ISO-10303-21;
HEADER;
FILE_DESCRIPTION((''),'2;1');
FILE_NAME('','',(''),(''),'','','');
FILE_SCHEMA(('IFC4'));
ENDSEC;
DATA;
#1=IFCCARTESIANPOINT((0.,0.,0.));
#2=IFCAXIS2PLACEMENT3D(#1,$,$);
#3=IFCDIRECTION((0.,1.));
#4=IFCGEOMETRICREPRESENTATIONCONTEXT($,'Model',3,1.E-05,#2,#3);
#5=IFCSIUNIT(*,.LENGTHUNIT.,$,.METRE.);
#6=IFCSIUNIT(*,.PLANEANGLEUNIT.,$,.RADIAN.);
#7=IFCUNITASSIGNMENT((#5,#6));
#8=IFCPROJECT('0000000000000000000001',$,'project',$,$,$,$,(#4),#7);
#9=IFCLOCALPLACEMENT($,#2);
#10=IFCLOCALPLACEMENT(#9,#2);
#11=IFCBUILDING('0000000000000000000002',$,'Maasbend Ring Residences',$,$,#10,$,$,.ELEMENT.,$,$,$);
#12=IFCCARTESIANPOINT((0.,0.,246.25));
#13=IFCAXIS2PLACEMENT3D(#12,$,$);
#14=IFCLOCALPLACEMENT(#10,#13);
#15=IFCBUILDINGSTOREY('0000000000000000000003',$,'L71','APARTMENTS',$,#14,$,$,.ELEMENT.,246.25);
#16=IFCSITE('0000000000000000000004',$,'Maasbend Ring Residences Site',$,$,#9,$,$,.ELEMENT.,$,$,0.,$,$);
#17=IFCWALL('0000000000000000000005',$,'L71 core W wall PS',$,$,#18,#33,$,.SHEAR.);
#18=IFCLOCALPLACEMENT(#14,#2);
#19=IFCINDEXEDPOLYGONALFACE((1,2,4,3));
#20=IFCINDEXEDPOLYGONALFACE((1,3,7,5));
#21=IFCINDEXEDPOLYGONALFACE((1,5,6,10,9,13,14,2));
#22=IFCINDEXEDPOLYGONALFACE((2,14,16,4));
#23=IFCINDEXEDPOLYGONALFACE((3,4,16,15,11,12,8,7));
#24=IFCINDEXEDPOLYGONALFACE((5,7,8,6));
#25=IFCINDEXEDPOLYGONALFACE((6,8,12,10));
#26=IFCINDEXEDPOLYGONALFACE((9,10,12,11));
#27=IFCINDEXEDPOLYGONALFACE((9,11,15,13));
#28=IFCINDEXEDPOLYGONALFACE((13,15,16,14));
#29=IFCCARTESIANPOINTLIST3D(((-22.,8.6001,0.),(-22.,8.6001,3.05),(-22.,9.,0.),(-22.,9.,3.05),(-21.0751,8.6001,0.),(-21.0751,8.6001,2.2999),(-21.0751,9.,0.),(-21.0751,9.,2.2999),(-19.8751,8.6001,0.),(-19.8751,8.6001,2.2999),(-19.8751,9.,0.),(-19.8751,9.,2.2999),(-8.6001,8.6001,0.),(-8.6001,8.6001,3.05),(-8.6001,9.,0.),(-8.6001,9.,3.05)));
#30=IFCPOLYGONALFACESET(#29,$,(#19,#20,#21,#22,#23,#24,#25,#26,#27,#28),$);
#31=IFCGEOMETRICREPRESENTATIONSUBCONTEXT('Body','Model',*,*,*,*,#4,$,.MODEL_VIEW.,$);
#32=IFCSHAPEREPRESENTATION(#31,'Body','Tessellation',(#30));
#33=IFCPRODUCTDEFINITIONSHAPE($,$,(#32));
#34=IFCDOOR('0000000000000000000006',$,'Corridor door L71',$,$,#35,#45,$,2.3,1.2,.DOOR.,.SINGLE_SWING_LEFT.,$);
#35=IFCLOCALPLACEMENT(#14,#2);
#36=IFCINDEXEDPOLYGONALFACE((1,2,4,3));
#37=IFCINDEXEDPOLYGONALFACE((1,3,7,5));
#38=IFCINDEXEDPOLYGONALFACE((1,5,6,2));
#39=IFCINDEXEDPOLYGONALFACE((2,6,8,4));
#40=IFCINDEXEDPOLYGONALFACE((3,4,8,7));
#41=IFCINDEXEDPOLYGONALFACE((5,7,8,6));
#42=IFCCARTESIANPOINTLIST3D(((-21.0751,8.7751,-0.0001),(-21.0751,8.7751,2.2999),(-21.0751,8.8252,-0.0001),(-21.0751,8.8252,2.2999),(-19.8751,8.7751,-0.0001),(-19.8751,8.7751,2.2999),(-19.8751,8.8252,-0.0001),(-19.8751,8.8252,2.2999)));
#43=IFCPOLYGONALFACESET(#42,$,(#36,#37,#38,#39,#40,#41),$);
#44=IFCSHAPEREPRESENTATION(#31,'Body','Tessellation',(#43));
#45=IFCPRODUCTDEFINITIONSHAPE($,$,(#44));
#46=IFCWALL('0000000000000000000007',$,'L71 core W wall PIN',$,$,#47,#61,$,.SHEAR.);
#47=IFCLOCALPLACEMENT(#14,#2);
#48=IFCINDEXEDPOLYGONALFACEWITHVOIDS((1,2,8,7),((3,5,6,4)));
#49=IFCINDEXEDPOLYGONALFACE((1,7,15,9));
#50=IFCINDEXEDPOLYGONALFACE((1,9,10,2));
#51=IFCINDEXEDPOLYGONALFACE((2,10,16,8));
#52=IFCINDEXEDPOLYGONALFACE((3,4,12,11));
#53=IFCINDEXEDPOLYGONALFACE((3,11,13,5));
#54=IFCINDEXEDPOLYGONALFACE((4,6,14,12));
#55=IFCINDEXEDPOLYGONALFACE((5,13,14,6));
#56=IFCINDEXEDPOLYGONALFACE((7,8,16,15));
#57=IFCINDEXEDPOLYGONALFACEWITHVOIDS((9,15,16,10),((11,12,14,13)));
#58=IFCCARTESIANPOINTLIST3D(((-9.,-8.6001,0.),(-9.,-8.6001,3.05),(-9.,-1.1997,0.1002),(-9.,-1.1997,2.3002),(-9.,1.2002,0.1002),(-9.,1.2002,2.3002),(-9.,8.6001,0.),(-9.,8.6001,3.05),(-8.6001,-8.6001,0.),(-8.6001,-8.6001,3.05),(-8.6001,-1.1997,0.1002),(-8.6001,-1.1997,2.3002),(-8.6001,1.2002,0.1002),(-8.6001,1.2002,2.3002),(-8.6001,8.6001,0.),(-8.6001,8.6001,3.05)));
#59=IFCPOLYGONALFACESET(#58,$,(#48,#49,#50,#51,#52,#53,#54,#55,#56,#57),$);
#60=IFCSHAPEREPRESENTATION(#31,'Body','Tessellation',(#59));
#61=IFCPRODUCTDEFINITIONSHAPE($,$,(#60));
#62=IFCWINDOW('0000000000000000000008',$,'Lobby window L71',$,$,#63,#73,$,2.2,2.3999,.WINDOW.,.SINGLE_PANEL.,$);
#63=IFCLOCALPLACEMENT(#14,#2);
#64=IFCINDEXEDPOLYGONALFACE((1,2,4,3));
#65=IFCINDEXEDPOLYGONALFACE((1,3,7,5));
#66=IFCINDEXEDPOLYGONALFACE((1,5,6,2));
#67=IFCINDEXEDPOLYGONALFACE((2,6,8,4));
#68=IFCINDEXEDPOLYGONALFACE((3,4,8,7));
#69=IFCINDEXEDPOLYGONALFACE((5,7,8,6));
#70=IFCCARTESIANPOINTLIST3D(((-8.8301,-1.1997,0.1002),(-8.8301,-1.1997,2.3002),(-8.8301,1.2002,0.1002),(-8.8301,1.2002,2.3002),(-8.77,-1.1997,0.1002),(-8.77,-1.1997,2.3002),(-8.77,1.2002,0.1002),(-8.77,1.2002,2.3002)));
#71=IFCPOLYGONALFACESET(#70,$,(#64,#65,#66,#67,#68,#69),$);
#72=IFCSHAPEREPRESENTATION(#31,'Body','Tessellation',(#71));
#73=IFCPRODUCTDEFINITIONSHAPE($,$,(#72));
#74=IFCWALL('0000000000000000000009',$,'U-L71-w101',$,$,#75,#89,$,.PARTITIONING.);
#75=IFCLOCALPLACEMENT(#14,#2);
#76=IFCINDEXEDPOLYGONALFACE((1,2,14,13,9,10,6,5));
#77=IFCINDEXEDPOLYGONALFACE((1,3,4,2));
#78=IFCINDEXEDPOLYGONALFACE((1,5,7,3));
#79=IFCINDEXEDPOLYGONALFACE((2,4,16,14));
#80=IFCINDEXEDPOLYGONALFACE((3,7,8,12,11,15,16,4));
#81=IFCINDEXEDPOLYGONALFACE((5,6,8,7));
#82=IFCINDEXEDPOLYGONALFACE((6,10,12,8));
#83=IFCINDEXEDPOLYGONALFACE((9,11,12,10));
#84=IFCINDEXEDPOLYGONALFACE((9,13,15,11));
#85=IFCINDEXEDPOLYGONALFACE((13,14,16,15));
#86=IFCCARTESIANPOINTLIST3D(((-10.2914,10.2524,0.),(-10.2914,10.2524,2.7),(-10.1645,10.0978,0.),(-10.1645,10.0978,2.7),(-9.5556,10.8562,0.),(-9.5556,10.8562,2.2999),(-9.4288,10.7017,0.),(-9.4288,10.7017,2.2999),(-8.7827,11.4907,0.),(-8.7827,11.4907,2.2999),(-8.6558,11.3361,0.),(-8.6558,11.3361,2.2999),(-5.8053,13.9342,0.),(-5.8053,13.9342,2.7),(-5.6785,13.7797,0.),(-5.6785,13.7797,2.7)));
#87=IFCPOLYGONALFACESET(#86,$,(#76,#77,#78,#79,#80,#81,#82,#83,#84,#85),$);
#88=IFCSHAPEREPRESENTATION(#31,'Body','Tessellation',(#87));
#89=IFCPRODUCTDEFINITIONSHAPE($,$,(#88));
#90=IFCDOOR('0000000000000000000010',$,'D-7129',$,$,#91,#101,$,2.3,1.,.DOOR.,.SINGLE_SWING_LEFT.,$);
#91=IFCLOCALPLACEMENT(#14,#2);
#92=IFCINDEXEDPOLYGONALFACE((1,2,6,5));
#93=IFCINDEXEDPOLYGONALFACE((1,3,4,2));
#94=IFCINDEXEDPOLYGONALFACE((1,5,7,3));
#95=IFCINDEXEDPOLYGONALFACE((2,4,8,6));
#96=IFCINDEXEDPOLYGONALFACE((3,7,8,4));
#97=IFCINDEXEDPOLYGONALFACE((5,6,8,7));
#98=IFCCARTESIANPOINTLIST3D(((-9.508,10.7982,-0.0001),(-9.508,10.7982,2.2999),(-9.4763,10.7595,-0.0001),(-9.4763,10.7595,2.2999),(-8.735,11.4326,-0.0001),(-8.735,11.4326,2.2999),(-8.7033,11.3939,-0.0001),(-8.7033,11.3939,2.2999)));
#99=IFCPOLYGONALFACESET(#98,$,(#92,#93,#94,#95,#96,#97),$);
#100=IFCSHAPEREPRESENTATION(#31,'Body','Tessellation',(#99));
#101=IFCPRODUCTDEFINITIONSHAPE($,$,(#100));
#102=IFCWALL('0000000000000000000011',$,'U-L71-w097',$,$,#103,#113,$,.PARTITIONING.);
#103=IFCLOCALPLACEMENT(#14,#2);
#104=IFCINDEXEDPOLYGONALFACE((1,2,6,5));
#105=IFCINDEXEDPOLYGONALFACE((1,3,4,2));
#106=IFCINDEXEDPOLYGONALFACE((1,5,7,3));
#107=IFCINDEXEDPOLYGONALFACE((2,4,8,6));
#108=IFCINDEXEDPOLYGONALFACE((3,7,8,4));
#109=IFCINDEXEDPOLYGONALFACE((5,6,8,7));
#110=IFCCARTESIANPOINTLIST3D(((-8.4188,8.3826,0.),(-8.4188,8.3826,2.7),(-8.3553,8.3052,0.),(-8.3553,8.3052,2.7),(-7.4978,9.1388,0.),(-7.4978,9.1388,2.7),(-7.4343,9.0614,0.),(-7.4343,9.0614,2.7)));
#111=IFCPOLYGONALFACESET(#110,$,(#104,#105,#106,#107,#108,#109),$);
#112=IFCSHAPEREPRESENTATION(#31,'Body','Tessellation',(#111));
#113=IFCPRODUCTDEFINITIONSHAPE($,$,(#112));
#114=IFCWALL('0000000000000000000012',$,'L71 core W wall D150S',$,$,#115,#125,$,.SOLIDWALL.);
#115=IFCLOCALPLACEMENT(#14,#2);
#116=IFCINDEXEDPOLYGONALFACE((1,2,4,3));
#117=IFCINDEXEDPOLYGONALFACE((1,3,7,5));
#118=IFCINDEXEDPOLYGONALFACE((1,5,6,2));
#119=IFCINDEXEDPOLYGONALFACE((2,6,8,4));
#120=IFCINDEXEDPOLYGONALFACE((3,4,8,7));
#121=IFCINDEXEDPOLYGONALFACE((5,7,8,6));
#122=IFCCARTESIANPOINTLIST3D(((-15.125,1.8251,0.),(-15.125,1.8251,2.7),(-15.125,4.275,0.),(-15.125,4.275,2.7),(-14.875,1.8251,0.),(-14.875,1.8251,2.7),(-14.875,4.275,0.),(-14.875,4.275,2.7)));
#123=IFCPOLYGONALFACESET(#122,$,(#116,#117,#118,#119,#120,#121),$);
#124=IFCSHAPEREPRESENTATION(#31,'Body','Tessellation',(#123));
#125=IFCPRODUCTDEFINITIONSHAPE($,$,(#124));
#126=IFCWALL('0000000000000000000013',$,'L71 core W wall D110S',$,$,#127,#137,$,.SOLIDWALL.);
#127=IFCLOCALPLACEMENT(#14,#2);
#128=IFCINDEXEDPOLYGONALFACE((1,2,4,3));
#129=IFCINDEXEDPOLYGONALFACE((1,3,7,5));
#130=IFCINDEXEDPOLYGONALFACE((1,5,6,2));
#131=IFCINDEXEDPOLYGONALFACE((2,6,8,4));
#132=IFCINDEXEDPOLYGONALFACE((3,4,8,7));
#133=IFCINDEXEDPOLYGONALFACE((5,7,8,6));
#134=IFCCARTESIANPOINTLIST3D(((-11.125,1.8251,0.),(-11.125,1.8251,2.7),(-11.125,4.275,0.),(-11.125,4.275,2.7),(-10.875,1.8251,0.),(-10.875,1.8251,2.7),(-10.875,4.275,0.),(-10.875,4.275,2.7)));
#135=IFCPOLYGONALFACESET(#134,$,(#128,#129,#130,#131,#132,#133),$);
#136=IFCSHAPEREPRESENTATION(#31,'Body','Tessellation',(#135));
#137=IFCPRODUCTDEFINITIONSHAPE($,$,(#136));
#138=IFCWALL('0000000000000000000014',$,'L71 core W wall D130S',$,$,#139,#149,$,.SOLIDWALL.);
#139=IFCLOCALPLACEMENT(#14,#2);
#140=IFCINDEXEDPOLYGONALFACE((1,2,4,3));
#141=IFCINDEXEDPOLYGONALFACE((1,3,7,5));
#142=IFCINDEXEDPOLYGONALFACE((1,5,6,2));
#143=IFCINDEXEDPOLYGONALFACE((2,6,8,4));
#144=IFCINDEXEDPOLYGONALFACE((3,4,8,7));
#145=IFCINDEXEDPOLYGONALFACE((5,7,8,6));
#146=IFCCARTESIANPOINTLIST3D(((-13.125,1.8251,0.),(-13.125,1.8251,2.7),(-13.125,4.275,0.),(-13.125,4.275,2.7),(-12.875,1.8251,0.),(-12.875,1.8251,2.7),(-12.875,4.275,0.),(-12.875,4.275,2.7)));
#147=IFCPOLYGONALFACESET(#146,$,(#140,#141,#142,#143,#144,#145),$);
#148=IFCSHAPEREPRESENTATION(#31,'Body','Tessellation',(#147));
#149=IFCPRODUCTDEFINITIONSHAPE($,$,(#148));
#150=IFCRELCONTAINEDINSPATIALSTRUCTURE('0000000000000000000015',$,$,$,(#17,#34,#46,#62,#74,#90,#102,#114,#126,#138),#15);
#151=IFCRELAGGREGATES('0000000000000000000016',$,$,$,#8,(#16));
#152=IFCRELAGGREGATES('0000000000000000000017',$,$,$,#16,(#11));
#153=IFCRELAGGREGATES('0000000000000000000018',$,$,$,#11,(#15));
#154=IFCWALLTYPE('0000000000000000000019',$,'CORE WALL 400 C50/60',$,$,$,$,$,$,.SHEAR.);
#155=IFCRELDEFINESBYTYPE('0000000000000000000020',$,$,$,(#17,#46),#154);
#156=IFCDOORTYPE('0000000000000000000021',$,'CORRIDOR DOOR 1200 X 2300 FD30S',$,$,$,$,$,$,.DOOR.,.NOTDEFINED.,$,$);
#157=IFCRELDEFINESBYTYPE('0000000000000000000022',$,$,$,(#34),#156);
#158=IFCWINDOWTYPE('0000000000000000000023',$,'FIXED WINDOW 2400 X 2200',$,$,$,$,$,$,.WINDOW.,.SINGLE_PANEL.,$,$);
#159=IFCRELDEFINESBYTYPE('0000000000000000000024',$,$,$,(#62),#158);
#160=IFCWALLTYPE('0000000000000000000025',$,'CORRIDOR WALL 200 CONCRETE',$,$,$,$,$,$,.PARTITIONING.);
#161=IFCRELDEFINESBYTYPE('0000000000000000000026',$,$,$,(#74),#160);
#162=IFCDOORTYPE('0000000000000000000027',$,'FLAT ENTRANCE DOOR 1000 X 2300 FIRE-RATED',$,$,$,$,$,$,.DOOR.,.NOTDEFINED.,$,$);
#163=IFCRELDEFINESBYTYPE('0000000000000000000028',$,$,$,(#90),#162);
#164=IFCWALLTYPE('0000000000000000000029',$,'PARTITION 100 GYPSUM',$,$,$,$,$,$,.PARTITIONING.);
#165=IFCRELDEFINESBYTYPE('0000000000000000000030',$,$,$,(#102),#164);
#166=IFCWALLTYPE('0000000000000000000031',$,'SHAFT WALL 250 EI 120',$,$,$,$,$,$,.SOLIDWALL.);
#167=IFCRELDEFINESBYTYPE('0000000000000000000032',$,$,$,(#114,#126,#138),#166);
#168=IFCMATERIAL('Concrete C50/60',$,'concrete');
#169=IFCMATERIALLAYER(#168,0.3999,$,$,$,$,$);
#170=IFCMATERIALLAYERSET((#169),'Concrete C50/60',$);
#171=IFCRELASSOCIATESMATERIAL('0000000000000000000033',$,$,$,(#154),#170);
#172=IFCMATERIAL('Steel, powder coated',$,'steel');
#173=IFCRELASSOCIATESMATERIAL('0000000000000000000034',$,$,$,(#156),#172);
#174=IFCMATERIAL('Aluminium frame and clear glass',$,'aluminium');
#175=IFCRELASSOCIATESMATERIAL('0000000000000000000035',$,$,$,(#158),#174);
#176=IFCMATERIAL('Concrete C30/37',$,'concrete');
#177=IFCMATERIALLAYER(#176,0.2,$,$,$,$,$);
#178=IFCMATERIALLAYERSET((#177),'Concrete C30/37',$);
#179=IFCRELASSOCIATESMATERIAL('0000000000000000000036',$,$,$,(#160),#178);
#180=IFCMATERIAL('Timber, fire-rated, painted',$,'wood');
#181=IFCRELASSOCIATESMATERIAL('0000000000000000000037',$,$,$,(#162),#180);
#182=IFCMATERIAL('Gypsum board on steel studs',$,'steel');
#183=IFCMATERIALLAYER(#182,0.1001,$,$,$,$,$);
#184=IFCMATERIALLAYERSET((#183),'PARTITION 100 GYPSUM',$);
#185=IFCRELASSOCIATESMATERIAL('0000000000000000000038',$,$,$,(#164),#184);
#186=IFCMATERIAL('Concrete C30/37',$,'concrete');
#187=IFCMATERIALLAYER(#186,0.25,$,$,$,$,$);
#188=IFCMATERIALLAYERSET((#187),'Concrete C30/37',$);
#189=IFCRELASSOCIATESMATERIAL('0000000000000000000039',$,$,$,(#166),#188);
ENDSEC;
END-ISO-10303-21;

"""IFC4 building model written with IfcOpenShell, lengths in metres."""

from ifc_helpers import new_model, si_unit, direction, frame, frame_2d, origin, place, context, subcontext, project, spatial, rectangle, extrude, material, layer, layer_set, type_object, element, fill, save


model = new_model("IFC4")

# Units and contexts
model_context = context("Model", 3, precision=1e-05, world=origin(), true_north=direction((0.0, 1.0)))
body_context = subcontext(model_context, "Body", "Model", "MODEL_VIEW")
ifc_project = project(units=[si_unit("LENGTHUNIT", "METRE"), si_unit("PLANEANGLEUNIT", "RADIAN")], contexts=[model_context])

# Site, building, storey
site_placement = place(None, origin())
site = spatial("IfcSite", under=ifc_project, at=site_placement, Name="Maasbend Ring Residences Site", CompositionType="ELEMENT", RefElevation=0.0)
building_placement = place(site_placement, origin())
building = spatial("IfcBuilding", under=site, at=building_placement, Name="Maasbend Ring Residences", CompositionType="ELEMENT")
storey_placement = place(building_placement, frame((0.0, 0.0, 246.25)))
storey = spatial("IfcBuildingStorey", under=building, at=storey_placement, Name="L71", Description="APARTMENTS", CompositionType="ELEMENT", Elevation=246.25)

# Wall, opening, door
ifc_material_1 = material(Name="Concrete C50/60", Category="concrete")
ifc_layer_1 = layer(ifc_material_1, 0.3999)
ifc_layer_set_1 = layer_set([ifc_layer_1], Name="Concrete C50/60")
wall_type_1 = type_object("IfcWallType", Name="CORE WALL 400 C50/60", PredefinedType="SHEAR", material=ifc_layer_set_1)
wall_1_placement = place(storey_placement, frame((-8.6001, 8.8, 0.0), z_axis=(0.0, 0.0, 1.0), x_axis=(-1.0, 0.0, 0.0)))
wall_1 = element("IfcWall", 1, at=wall_1_placement, inside=storey, type_object=wall_type_1, Name="L71 core W wall PS", PredefinedType="SHEAR", context=body_context, shape_type="SweptSolid", body=[
    extrude(rectangle(XDim=13.3999, YDim=0.3999, at=frame_2d((6.7, 0.0))), origin(), (0.0, 0.0, 1.0), 3.05),
])
opening_1_placement = place(wall_1_placement, frame((11.2749, 0.0, 0.0)))
opening_1 = element("IfcOpeningElement", 2, at=opening_1_placement, cuts=wall_1, PredefinedType="OPENING", context=body_context, shape_type="SweptSolid", body=[
    extrude(rectangle(XDim=1.2, YDim=2.3, at=frame_2d((0.6001, 1.1499))), frame((0.0, 0.21, 0.0), z_axis=(0.0, -1.0, 0.0), x_axis=(1.0, 0.0, 0.0)), (0.0, 0.0, 1.0), 0.4199),
])
ifc_material_2 = material(Name="Steel, powder coated", Category="steel")
door_type_1 = type_object("IfcDoorType", Name="CORRIDOR DOOR 1200 X 2300 FD30S", OperationType="NOTDEFINED", PredefinedType="DOOR", material=ifc_material_2)
door_1_placement = place(opening_1_placement, origin())
door_1 = element("IfcDoor", 3, at=door_1_placement, inside=storey, type_object=door_type_1, Name="Corridor door L71", OperationType="SINGLE_SWING_LEFT", OverallHeight=2.3, OverallWidth=1.2, PredefinedType="DOOR", context=body_context, shape_type="SweptSolid", body=[
    extrude(rectangle(XDim=1.2, YDim=2.3, at=frame_2d((0.6001, 1.1499))), frame((0.0, 0.0249, 0.0), z_axis=(0.0, -1.0, 0.0), x_axis=(1.0, 0.0, 0.0)), (0.0, 0.0, 1.0), 0.05),
])
fill(opening_1, door_1)

# Wall, opening, window
wall_2_placement = place(storey_placement, frame((-8.8, 8.6001, 0.0), z_axis=(0.0, 0.0, 1.0), x_axis=(0.0, -1.0, 0.0)))
wall_2 = element("IfcWall", 4, at=wall_2_placement, inside=storey, type_object=wall_type_1, Name="L71 core W wall PIN", PredefinedType="SHEAR", context=body_context, shape_type="SweptSolid", body=[
    extrude(rectangle(XDim=17.2002, YDim=0.3999, at=frame_2d((8.6001, 0.0))), origin(), (0.0, 0.0, 1.0), 3.05),
])
opening_2_placement = place(wall_2_placement, frame((7.3999, 0.0, 0.1001)))
opening_2 = element("IfcOpeningElement", 5, at=opening_2_placement, cuts=wall_2, PredefinedType="OPENING", context=body_context, shape_type="SweptSolid", body=[
    extrude(rectangle(XDim=2.3999, YDim=2.2, at=frame_2d((1.2, 1.1001))), frame((0.0, 0.21, 0.0), z_axis=(0.0, -1.0, 0.0), x_axis=(1.0, 0.0, 0.0)), (0.0, 0.0, 1.0), 0.4199),
])
ifc_material_3 = material(Name="Aluminium frame and clear glass", Category="aluminium")
window_type = type_object("IfcWindowType", Name="FIXED WINDOW 2400 X 2200", PartitioningType="SINGLE_PANEL", PredefinedType="WINDOW", material=ifc_material_3)
window_placement = place(opening_2_placement, origin())
window = element("IfcWindow", 6, at=window_placement, inside=storey, type_object=window_type, Name="Lobby window L71", OverallHeight=2.2, OverallWidth=2.3999, PartitioningType="SINGLE_PANEL", PredefinedType="WINDOW", context=body_context, shape_type="SweptSolid", body=[
    extrude(rectangle(XDim=2.3999, YDim=2.2, at=frame_2d((1.2, 1.1001))), frame((0.0, 0.03, 0.0), z_axis=(0.0, -1.0, 0.0), x_axis=(1.0, 0.0, 0.0)), (0.0, 0.0, 1.0), 0.0601),
])
fill(opening_2, window)

# Wall, opening, door
ifc_material_4 = material(Name="Concrete C30/37", Category="concrete")
ifc_layer_2 = layer(ifc_material_4, 0.2)
ifc_layer_set_2 = layer_set([ifc_layer_2], Name="Concrete C30/37")
wall_type_2 = type_object("IfcWallType", Name="CORRIDOR WALL 200 CONCRETE", PredefinedType="PARTITIONING", material=ifc_layer_set_2)
wall_3_placement = place(storey_placement, frame((-10.228, 10.175, 0.0), z_axis=(0.0, 0.0, 1.0), x_axis=(0.772989, 0.634419, 0.0)))
wall_3 = element("IfcWall", 7, at=wall_3_placement, inside=storey, type_object=wall_type_2, Name="U-L71-w101", PredefinedType="PARTITIONING", context=body_context, shape_type="SweptSolid", body=[
    extrude(rectangle(XDim=5.8035, YDim=0.2, at=frame_2d((2.9019, 0.0))), origin(), (0.0, 0.0, 1.0), 2.7),
])
opening_3_placement = place(wall_3_placement, frame((0.9519, 0.0, 0.0)))
opening_3 = element("IfcOpeningElement", 8, at=opening_3_placement, cuts=wall_3, PredefinedType="OPENING", context=body_context, shape_type="SweptSolid", body=[
    extrude(rectangle(XDim=1.0, YDim=2.3, at=frame_2d((0.5, 1.1499))), frame((0.0, 0.1099, 0.0), z_axis=(0.0, -1.0, 0.0), x_axis=(1.0, 0.0, 0.0)), (0.0, 0.0, 1.0), 0.22),
])
ifc_material_5 = material(Name="Timber, fire-rated, painted", Category="wood")
door_type_2 = type_object("IfcDoorType", Name="FLAT ENTRANCE DOOR 1000 X 2300 FIRE-RATED", OperationType="NOTDEFINED", PredefinedType="DOOR", material=ifc_material_5)
door_2_placement = place(opening_3_placement, origin())
door_2 = element("IfcDoor", 9, at=door_2_placement, inside=storey, type_object=door_type_2, Name="D-7129", OperationType="SINGLE_SWING_LEFT", OverallHeight=2.3, OverallWidth=1.0, PredefinedType="DOOR", context=body_context, shape_type="SweptSolid", body=[
    extrude(rectangle(XDim=1.0, YDim=2.3, at=frame_2d((0.5, 1.1499))), frame((0.0, 0.0249, 0.0), z_axis=(0.0, -1.0, 0.0), x_axis=(1.0, 0.0, 0.0)), (0.0, 0.0, 1.0), 0.05),
])
fill(opening_3, door_2)

# Walls
ifc_material_6 = material(Name="Gypsum board on steel studs", Category="steel")
ifc_layer_3 = layer(ifc_material_6, 0.1001)
ifc_layer_set_3 = layer_set([ifc_layer_3], Name="PARTITION 100 GYPSUM")
wall_type_3 = type_object("IfcWallType", Name="PARTITION 100 GYPSUM", PredefinedType="PARTITIONING", material=ifc_layer_set_3)
wall_4_placement = place(storey_placement, frame((-8.387, 8.344, 0.0), z_axis=(0.0, 0.0, 1.0), x_axis=(0.77287, 0.634565, 0.0)))
element("IfcWall", 10, at=wall_4_placement, inside=storey, type_object=wall_type_3, Name="U-L71-w097", PredefinedType="PARTITIONING", context=body_context, shape_type="SweptSolid", body=[
    extrude(rectangle(XDim=1.1917, YDim=0.1001, at=frame_2d((0.5957, 0.0))), origin(), (0.0, 0.0, 1.0), 2.7),
])
ifc_material_7 = material(Name="Concrete C30/37", Category="concrete")
ifc_layer_4 = layer(ifc_material_7, 0.25)
ifc_layer_set_4 = layer_set([ifc_layer_4], Name="Concrete C30/37")
wall_type_4 = type_object("IfcWallType", Name="SHAFT WALL 250 EI 120", PredefinedType="SOLIDWALL", material=ifc_layer_set_4)
for number, where, z_axis, x_axis, name in (
    (11, (-15.0, 1.825, 0.0), (0.0, 0.0, 1.0), (0.0, 1.0, 0.0), "L71 core W wall D150S"),
    (12, (-11.0, 1.825, 0.0), (0.0, 0.0, 1.0), (0.0, 1.0, 0.0), "L71 core W wall D110S"),
    (13, (-13.0, 1.825, 0.0), (0.0, 0.0, 1.0), (0.0, 1.0, 0.0), "L71 core W wall D130S"),
):
    element("IfcWall", number, at=place(storey_placement, frame(where, z_axis=z_axis, x_axis=x_axis)), inside=storey, type_object=wall_type_4, Name=name, PredefinedType="SOLIDWALL", context=body_context, shape_type="SweptSolid", body=[
        extrude(rectangle(XDim=2.45, YDim=0.25, at=frame_2d((1.2251, 0.0))), origin(), (0.0, 0.0, 1.0), 2.7),
    ])

save(model, "model.ifc")
